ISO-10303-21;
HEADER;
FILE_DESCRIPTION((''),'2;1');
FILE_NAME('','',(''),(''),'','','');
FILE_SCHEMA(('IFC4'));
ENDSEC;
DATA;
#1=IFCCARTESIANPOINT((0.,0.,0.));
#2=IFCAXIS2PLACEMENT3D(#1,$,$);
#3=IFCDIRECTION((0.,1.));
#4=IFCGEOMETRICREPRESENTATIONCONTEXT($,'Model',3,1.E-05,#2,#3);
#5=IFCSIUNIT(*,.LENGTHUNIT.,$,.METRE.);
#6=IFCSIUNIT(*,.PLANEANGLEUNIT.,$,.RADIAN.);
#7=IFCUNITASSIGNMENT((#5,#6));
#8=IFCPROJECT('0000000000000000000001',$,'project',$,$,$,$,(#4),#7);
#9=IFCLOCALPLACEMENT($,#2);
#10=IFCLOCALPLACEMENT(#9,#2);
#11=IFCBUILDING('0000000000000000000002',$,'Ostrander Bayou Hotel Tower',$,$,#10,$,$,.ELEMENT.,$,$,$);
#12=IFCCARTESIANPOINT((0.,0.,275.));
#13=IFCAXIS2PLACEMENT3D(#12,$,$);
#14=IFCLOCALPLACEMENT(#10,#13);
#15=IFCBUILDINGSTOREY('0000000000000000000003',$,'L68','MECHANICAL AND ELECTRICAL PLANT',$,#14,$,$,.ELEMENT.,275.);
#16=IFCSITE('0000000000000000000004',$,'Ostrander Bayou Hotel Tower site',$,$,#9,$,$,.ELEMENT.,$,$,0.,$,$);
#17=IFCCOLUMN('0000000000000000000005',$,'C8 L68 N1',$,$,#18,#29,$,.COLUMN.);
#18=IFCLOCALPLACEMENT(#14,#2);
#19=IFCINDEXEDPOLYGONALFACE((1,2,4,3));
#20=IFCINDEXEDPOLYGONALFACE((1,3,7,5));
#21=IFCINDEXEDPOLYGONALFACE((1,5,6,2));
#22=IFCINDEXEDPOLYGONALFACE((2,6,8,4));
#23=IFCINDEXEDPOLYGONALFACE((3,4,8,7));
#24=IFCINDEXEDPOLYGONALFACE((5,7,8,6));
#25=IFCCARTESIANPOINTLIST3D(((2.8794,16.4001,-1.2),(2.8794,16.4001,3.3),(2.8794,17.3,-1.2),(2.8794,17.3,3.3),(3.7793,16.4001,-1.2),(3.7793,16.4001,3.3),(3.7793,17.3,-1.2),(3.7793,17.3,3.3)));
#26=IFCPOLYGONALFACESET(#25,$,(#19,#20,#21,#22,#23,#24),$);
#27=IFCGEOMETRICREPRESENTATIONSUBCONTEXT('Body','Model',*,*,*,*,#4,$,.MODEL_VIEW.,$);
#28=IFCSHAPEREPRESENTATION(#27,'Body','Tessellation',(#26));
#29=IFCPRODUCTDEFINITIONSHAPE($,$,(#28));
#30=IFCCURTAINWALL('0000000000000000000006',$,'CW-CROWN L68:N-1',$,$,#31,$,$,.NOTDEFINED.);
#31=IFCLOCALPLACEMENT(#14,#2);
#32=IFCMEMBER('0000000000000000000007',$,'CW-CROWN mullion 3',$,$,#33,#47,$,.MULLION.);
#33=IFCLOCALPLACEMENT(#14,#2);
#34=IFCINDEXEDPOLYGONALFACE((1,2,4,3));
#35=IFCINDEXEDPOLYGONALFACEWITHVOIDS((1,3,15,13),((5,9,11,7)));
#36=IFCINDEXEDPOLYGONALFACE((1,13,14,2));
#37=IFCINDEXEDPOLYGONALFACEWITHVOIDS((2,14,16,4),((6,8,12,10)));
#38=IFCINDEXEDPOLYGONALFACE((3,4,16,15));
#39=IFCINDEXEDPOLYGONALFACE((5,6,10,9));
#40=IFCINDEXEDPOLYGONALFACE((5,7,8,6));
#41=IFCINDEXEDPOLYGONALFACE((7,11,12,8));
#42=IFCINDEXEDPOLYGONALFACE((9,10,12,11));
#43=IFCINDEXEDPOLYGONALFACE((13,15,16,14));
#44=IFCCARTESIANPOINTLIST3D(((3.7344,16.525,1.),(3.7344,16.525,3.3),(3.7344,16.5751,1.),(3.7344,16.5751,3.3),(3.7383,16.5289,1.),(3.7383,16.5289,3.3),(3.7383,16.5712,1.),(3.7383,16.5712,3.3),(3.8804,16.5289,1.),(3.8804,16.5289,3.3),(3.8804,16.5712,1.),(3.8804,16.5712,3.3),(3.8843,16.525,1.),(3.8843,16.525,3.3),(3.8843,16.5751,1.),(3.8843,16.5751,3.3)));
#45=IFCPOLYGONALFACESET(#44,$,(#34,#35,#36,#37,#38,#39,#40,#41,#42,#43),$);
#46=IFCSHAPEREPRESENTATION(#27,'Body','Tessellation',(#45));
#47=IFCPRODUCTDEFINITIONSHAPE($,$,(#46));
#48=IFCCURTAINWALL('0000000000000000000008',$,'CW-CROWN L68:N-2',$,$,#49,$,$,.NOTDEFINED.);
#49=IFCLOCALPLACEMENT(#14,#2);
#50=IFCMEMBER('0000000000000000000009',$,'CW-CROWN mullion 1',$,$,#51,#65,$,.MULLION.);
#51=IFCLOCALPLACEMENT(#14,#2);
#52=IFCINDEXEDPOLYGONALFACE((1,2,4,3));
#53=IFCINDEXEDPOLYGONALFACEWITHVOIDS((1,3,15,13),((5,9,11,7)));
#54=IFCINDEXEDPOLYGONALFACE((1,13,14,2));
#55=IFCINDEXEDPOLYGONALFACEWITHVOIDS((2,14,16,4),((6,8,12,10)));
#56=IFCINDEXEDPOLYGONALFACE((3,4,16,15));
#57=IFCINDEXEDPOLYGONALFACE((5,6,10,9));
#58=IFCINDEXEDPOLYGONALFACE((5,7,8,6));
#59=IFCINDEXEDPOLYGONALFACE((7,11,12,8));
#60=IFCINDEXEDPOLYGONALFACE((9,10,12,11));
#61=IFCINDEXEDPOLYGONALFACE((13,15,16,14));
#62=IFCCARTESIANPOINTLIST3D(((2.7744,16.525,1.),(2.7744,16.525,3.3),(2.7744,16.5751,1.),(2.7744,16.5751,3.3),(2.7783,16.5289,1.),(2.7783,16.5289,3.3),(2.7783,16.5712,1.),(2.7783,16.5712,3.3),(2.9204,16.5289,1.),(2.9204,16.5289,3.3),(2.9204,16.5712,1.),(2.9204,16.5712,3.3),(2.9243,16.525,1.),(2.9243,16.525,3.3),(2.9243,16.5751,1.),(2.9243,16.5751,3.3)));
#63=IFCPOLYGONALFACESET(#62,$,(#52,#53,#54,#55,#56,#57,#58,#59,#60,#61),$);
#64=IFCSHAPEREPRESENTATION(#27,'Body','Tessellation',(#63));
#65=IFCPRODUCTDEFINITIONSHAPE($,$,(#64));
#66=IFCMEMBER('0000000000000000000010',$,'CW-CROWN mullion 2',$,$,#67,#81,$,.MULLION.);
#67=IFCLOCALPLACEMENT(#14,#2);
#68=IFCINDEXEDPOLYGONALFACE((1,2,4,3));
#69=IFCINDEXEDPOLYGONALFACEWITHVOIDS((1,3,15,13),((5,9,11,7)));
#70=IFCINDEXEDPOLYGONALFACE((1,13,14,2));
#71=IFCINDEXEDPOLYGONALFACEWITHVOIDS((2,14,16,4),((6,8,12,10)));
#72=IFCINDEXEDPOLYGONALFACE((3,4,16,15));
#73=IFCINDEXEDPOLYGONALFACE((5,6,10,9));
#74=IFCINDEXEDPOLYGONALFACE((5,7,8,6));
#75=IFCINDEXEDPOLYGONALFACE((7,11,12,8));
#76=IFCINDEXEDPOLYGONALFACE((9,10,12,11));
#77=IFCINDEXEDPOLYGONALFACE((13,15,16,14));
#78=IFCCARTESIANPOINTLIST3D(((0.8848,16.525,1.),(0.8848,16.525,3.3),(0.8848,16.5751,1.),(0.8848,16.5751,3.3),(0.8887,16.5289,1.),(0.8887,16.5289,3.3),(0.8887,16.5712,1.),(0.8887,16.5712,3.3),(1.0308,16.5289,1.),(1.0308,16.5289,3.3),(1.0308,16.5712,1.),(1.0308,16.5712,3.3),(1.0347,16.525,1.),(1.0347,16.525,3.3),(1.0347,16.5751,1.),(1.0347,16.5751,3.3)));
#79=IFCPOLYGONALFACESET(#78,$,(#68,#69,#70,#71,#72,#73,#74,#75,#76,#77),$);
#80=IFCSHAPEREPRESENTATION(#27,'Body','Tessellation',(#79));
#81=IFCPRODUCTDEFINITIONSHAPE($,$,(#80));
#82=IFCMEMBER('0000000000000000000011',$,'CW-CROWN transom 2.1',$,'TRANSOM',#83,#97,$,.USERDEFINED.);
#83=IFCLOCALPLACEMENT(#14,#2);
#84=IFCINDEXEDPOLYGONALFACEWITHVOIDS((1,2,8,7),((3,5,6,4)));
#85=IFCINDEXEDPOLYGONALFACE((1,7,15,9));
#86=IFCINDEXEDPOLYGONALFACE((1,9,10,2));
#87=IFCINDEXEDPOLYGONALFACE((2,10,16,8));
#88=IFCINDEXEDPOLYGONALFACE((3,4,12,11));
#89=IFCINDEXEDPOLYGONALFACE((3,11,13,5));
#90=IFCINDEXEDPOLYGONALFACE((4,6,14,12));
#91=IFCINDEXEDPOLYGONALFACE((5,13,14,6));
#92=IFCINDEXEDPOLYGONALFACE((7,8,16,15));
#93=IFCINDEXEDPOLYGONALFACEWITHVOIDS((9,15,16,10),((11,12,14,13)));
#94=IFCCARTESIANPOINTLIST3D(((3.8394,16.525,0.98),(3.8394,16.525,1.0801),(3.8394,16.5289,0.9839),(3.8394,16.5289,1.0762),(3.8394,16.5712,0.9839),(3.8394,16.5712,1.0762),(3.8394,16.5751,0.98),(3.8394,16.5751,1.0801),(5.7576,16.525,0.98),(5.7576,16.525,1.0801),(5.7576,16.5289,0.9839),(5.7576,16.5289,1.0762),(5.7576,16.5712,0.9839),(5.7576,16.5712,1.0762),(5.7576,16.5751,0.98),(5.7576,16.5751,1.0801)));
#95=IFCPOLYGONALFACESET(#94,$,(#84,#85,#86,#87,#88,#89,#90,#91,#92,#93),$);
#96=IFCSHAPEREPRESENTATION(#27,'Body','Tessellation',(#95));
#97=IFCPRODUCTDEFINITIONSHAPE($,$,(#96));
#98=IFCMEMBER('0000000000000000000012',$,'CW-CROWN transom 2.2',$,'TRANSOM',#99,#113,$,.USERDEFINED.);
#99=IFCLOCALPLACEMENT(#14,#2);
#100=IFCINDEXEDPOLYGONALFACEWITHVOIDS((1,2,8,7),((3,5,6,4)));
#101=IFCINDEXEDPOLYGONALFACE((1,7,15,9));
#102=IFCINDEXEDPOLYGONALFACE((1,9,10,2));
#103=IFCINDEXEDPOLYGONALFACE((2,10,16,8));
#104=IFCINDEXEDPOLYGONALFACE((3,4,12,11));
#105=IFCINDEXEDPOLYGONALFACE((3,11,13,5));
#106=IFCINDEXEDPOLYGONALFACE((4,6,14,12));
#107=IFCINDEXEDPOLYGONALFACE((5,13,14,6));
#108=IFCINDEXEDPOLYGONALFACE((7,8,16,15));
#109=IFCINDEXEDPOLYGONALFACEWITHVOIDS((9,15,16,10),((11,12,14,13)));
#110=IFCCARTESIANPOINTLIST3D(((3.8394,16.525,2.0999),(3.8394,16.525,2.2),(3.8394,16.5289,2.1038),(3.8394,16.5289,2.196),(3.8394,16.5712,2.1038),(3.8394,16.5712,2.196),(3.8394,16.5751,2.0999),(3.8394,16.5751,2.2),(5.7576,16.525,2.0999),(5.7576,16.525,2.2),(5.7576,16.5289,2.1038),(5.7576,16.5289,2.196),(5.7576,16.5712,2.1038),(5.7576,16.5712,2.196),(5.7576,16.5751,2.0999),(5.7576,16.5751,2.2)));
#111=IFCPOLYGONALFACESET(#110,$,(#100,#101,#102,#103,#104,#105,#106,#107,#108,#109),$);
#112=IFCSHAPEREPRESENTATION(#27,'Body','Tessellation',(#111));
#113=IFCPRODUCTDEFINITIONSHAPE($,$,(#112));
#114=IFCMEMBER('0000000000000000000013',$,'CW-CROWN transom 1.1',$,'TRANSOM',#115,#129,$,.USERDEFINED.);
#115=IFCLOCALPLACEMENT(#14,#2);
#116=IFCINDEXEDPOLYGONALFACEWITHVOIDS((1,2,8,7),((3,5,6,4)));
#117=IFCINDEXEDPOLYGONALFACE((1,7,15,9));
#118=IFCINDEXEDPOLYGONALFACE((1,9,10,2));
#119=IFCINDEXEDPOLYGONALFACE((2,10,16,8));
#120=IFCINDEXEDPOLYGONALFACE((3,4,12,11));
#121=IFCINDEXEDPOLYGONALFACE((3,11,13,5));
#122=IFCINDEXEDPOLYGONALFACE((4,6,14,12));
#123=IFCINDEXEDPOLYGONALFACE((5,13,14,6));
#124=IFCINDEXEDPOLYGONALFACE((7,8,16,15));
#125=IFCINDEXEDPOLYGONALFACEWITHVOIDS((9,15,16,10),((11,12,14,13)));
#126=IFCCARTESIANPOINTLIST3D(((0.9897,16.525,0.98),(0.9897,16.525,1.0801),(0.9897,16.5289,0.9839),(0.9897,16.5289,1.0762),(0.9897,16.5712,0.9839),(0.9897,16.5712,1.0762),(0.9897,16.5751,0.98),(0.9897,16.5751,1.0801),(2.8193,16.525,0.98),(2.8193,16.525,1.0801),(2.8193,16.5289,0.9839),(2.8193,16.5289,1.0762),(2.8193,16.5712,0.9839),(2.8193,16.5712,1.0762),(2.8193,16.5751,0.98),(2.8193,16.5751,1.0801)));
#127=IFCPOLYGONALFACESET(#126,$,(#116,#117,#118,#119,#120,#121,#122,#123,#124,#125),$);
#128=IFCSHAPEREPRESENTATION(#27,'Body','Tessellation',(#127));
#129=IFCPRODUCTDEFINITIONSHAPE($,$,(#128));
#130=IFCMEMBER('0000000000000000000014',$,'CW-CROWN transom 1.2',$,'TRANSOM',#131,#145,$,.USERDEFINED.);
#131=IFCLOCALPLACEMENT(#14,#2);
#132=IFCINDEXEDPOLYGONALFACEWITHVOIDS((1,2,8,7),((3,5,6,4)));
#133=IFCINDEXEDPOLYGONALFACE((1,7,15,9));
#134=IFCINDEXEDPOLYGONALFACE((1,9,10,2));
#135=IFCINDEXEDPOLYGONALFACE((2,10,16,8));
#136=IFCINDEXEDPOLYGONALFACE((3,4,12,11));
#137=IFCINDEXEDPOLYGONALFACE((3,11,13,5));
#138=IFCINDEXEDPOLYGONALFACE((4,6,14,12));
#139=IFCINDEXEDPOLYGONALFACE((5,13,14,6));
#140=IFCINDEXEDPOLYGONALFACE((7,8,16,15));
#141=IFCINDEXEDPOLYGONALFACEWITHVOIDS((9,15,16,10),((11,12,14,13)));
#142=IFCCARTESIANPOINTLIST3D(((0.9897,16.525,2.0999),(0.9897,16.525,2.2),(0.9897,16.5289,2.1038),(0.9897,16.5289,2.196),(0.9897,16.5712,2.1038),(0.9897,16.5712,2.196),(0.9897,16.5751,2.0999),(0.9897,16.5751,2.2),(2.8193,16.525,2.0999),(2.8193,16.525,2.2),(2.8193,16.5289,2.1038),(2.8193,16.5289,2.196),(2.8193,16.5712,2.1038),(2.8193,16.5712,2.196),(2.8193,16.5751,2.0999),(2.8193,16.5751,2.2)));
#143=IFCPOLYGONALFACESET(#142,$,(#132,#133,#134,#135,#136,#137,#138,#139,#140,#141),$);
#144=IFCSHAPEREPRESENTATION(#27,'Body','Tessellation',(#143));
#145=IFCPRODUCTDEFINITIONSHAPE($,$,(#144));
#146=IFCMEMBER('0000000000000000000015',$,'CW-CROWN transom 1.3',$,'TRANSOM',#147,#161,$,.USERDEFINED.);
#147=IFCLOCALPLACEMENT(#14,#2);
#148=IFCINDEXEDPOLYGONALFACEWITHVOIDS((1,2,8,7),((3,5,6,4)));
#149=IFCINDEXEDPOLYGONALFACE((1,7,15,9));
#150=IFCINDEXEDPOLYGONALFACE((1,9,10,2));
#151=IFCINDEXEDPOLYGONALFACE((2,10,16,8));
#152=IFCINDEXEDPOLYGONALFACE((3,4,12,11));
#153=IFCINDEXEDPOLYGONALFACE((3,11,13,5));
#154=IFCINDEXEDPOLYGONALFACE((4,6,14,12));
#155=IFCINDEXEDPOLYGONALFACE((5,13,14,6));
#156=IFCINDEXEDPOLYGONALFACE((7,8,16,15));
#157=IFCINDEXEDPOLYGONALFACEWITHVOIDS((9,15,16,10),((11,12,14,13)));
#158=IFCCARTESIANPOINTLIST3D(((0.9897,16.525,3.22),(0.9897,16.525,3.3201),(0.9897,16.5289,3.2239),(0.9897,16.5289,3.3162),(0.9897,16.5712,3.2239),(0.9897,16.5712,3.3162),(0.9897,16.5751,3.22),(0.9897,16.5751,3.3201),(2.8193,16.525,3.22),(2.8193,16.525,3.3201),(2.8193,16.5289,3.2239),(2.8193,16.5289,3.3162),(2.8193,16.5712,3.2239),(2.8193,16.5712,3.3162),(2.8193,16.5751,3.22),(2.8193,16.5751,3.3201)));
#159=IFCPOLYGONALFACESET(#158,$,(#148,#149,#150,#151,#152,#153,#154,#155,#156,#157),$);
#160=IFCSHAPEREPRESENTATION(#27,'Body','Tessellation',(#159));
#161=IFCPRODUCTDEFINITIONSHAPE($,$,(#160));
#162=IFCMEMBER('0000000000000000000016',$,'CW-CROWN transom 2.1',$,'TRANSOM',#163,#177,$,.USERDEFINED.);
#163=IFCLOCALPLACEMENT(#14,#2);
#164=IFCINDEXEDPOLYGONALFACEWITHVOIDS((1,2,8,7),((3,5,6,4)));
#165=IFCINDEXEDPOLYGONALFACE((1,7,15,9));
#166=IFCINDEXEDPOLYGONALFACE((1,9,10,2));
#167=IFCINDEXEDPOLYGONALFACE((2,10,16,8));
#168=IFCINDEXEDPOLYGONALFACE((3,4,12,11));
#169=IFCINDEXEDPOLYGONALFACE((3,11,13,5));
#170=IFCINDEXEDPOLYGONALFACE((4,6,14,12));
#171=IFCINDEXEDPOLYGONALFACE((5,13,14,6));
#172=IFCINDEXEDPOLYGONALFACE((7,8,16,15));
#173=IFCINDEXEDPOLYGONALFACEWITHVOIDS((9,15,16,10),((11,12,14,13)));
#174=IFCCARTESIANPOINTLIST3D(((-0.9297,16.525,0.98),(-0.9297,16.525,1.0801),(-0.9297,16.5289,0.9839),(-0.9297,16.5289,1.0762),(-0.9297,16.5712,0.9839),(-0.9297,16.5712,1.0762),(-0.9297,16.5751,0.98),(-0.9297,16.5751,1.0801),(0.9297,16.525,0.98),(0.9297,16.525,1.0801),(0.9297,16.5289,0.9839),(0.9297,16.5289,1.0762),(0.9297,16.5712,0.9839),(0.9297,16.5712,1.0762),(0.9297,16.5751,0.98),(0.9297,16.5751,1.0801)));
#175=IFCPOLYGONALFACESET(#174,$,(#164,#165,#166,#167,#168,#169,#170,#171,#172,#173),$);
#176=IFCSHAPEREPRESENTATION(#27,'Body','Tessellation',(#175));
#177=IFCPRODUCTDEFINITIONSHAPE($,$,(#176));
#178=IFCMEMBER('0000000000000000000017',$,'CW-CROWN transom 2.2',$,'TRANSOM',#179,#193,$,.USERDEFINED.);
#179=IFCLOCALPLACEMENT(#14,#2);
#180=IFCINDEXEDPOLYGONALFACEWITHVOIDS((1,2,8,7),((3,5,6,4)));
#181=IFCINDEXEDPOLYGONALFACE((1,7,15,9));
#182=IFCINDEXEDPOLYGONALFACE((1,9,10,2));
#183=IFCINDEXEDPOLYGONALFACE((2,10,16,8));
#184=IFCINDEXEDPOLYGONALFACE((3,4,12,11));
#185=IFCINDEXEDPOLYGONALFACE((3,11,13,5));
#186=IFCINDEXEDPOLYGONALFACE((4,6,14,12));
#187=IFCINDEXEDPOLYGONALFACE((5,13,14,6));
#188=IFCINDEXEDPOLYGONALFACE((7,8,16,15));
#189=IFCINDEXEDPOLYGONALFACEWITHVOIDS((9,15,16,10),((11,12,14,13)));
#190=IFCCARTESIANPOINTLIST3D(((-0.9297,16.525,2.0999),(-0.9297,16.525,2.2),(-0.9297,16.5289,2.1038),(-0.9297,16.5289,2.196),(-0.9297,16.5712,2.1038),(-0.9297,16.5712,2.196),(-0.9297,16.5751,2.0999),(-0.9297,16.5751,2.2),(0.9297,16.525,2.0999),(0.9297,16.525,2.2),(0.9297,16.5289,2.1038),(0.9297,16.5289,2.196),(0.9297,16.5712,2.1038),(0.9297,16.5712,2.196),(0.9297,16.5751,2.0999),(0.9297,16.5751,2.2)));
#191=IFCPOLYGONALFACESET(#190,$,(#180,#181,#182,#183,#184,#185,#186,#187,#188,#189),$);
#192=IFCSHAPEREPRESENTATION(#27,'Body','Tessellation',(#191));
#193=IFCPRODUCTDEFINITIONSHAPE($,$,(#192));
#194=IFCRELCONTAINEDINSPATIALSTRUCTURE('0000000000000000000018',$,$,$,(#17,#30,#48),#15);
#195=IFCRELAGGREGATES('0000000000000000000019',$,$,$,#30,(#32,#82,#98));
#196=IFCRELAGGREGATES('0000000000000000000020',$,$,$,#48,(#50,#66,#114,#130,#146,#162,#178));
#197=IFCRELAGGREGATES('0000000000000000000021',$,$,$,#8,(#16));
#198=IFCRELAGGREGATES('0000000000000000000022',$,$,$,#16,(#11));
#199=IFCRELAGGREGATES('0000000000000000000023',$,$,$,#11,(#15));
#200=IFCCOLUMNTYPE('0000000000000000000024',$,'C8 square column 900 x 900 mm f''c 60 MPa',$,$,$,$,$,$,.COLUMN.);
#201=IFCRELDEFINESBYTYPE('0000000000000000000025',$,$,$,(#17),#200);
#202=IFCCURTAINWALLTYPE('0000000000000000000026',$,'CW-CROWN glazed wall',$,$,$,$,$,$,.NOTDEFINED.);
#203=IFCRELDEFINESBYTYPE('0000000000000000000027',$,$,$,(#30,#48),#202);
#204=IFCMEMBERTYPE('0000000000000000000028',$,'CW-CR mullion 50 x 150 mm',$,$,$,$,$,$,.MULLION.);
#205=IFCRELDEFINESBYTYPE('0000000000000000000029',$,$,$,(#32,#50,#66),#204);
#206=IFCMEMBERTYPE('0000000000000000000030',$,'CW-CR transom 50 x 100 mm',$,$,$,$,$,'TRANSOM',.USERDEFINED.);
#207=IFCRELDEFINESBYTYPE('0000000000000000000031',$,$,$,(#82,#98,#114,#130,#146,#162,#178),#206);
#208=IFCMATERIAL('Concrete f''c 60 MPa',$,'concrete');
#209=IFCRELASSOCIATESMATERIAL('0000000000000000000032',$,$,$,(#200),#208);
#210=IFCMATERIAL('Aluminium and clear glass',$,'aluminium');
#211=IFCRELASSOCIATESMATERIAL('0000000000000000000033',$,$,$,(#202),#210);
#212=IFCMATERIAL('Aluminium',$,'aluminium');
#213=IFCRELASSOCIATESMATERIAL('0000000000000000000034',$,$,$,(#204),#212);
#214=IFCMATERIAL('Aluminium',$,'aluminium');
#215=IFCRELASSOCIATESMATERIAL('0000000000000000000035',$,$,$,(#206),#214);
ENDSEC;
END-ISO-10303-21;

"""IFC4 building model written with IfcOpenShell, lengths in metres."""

from ifc_helpers import new_model, si_unit, direction, frame, origin, origin_2d, place, context, subcontext, project, spatial, rectangle, hollow_rectangle, extrude, material, material_profile, profile_set, type_object, element, aggregate, save


model = new_model("IFC4")

# Units and contexts
model_context = context("Model", 3, precision=1e-05, world=origin(), true_north=direction((0.0, 1.0)))
body_context = subcontext(model_context, "Body", "Model", "MODEL_VIEW")
ifc_project = project(units=[si_unit("LENGTHUNIT", "METRE"), si_unit("PLANEANGLEUNIT", "RADIAN")], contexts=[model_context])

# Site, building, storey
site_placement = place(None, origin())
site = spatial("IfcSite", under=ifc_project, at=site_placement, Name="Ostrander Bayou Hotel Tower site", CompositionType="ELEMENT", RefElevation=0.0)
building_placement = place(site_placement, origin())
building = spatial("IfcBuilding", under=site, at=building_placement, Name="Ostrander Bayou Hotel Tower", CompositionType="ELEMENT")
storey_placement = place(building_placement, frame((0.0, 0.0, 275.0)))
storey = spatial("IfcBuildingStorey", under=building, at=storey_placement, Name="L68", Description="MECHANICAL AND ELECTRICAL PLANT", CompositionType="ELEMENT", Elevation=275.0)

# Column
ifc_material_1 = material(Name="Concrete f'c 60 MPa", Category="concrete")
ifc_material_profile_1 = material_profile(ifc_material_1, rectangle(XDim=0.8999, YDim=0.8999, at=origin_2d()))
ifc_profile_set_1 = profile_set([ifc_material_profile_1], Name="Concrete f'c 60 MPa")
column_type = type_object("IfcColumnType", Name="C8 square column 900 x 900 mm f'c 60 MPa", PredefinedType="COLUMN", material=ifc_profile_set_1)
column_placement = place(storey_placement, frame((3.3293, 16.8501, -1.2), z_axis=(0.0, 0.0, 1.0), x_axis=(1.0, 0.0, 0.0)))
element("IfcColumn", 1, at=column_placement, inside=storey, type_object=column_type, Name="C8 L68 N1", PredefinedType="COLUMN", context=body_context, shape_type="SweptSolid", body=[
    extrude(rectangle(XDim=0.8999, YDim=0.8999, at=origin_2d()), origin(), (0.0, 0.0, 1.0), 4.5),
])

# Curtain wall, member
ifc_material_2 = material(Name="Aluminium and clear glass", Category="aluminium")
curtain_wall_type = type_object("IfcCurtainWallType", Name="CW-CROWN glazed wall", PredefinedType="NOTDEFINED", material=ifc_material_2)
curtain_wall_1_placement = place(storey_placement, origin())
curtain_wall_1 = element("IfcCurtainWall", 2, at=curtain_wall_1_placement, inside=storey, type_object=curtain_wall_type, Name="CW-CROWN L68:N-1", PredefinedType="NOTDEFINED")
ifc_material_3 = material(Name="Aluminium", Category="aluminium")
ifc_material_profile_2 = material_profile(ifc_material_3, hollow_rectangle(XDim=0.05, YDim=0.1499, WallThickness=0.0039, at=origin_2d()))
ifc_profile_set_2 = profile_set([ifc_material_profile_2], Name="Aluminium")
member_type_1 = type_object("IfcMemberType", Name="CW-CR mullion 50 x 150 mm", PredefinedType="MULLION", material=ifc_profile_set_2)
member_1_placement = place(storey_placement, frame((3.8093, 16.55, 1.0), z_axis=(0.0, 0.0, 1.0), x_axis=(0.0, -1.0, 0.0)))
member_1 = element("IfcMember", 3, at=member_1_placement, type_object=member_type_1, Name="CW-CROWN mullion 3", PredefinedType="MULLION", context=body_context, shape_type="SweptSolid", body=[
    extrude(hollow_rectangle(XDim=0.05, YDim=0.1499, WallThickness=0.0039, at=origin_2d()), origin(), (0.0, 0.0, 1.0), 2.3),
])

# Curtain wall, members
curtain_wall_2_placement = place(storey_placement, origin())
curtain_wall_2 = element("IfcCurtainWall", 4, at=curtain_wall_2_placement, inside=storey, type_object=curtain_wall_type, Name="CW-CROWN L68:N-2", PredefinedType="NOTDEFINED")
member_2_placement = place(storey_placement, frame((2.8494, 16.55, 1.0), z_axis=(0.0, 0.0, 1.0), x_axis=(0.0, -1.0, 0.0)))
member_2 = element("IfcMember", 5, at=member_2_placement, type_object=member_type_1, Name="CW-CROWN mullion 1", PredefinedType="MULLION", context=body_context, shape_type="SweptSolid", body=[
    extrude(hollow_rectangle(XDim=0.05, YDim=0.1499, WallThickness=0.0039, at=origin_2d()), origin(), (0.0, 0.0, 1.0), 2.3),
])
member_3_placement = place(storey_placement, frame((0.9597, 16.55, 1.0), z_axis=(0.0, 0.0, 1.0), x_axis=(0.0, -1.0, 0.0)))
member_3 = element("IfcMember", 6, at=member_3_placement, type_object=member_type_1, Name="CW-CROWN mullion 2", PredefinedType="MULLION", context=body_context, shape_type="SweptSolid", body=[
    extrude(hollow_rectangle(XDim=0.05, YDim=0.1499, WallThickness=0.0039, at=origin_2d()), origin(), (0.0, 0.0, 1.0), 2.3),
])

# Members
ifc_material_4 = material(Name="Aluminium", Category="aluminium")
ifc_material_profile_3 = material_profile(ifc_material_4, hollow_rectangle(XDim=0.05, YDim=0.1001, WallThickness=0.0039, at=origin_2d()))
ifc_profile_set_3 = profile_set([ifc_material_profile_3], Name="Aluminium")
member_type_2 = type_object("IfcMemberType", Name="CW-CR transom 50 x 100 mm", ElementType="TRANSOM", PredefinedType="USERDEFINED", material=ifc_profile_set_3)
member_4_placement = place(storey_placement, frame((5.7576, 16.55, 1.03), z_axis=(-1.0, 0.0, 0.0), x_axis=(0.0, -1.0, 0.0)))
member_4 = element("IfcMember", 7, at=member_4_placement, type_object=member_type_2, Name="CW-CROWN transom 2.1", ObjectType="TRANSOM", PredefinedType="USERDEFINED", context=body_context, shape_type="SweptSolid", body=[
    extrude(hollow_rectangle(XDim=0.05, YDim=0.1001, WallThickness=0.0039, at=origin_2d()), origin(), (0.0, 0.0, 1.0), 1.9182),
])
member_5_placement = place(storey_placement, frame((5.7576, 16.55, 2.1499), z_axis=(-1.0, 0.0, 0.0), x_axis=(0.0, -1.0, 0.0)))
member_5 = element("IfcMember", 8, at=member_5_placement, type_object=member_type_2, Name="CW-CROWN transom 2.2", ObjectType="TRANSOM", PredefinedType="USERDEFINED", context=body_context, shape_type="SweptSolid", body=[
    extrude(hollow_rectangle(XDim=0.05, YDim=0.1001, WallThickness=0.0039, at=origin_2d()), origin(), (0.0, 0.0, 1.0), 1.9182),
])
member_6_placement = place(storey_placement, frame((2.8193, 16.55, 1.03), z_axis=(-1.0, 0.0, 0.0), x_axis=(0.0, -1.0, 0.0)))
member_6 = element("IfcMember", 9, at=member_6_placement, type_object=member_type_2, Name="CW-CROWN transom 1.1", ObjectType="TRANSOM", PredefinedType="USERDEFINED", context=body_context, shape_type="SweptSolid", body=[
    extrude(hollow_rectangle(XDim=0.05, YDim=0.1001, WallThickness=0.0039, at=origin_2d()), origin(), (0.0, 0.0, 1.0), 1.8296),
])
member_7_placement = place(storey_placement, frame((2.8193, 16.55, 2.1499), z_axis=(-1.0, 0.0, 0.0), x_axis=(0.0, -1.0, 0.0)))
member_7 = element("IfcMember", 10, at=member_7_placement, type_object=member_type_2, Name="CW-CROWN transom 1.2", ObjectType="TRANSOM", PredefinedType="USERDEFINED", context=body_context, shape_type="SweptSolid", body=[
    extrude(hollow_rectangle(XDim=0.05, YDim=0.1001, WallThickness=0.0039, at=origin_2d()), origin(), (0.0, 0.0, 1.0), 1.8296),
])
member_8_placement = place(storey_placement, frame((2.8193, 16.55, 3.27), z_axis=(-1.0, 0.0, 0.0), x_axis=(0.0, -1.0, 0.0)))
member_8 = element("IfcMember", 11, at=member_8_placement, type_object=member_type_2, Name="CW-CROWN transom 1.3", ObjectType="TRANSOM", PredefinedType="USERDEFINED", context=body_context, shape_type="SweptSolid", body=[
    extrude(hollow_rectangle(XDim=0.05, YDim=0.1001, WallThickness=0.0039, at=origin_2d()), origin(), (0.0, 0.0, 1.0), 1.8296),
])
member_9_placement = place(storey_placement, frame((0.9297, 16.55, 1.03), z_axis=(-1.0, 0.0, 0.0), x_axis=(0.0, -1.0, 0.0)))
member_9 = element("IfcMember", 12, at=member_9_placement, type_object=member_type_2, Name="CW-CROWN transom 2.1", ObjectType="TRANSOM", PredefinedType="USERDEFINED", context=body_context, shape_type="SweptSolid", body=[
    extrude(hollow_rectangle(XDim=0.05, YDim=0.1001, WallThickness=0.0039, at=origin_2d()), origin(), (0.0, 0.0, 1.0), 1.8594),
])
member_10_placement = place(storey_placement, frame((0.9297, 16.55, 2.1499), z_axis=(-1.0, 0.0, 0.0), x_axis=(0.0, -1.0, 0.0)))
member_10 = element("IfcMember", 13, at=member_10_placement, type_object=member_type_2, Name="CW-CROWN transom 2.2", ObjectType="TRANSOM", PredefinedType="USERDEFINED", context=body_context, shape_type="SweptSolid", body=[
    extrude(hollow_rectangle(XDim=0.05, YDim=0.1001, WallThickness=0.0039, at=origin_2d()), origin(), (0.0, 0.0, 1.0), 1.8594),
])

aggregate(curtain_wall_1, [member_1, member_4, member_5])
aggregate(curtain_wall_2, [member_2, member_3, member_6, member_7, member_8, member_9, member_10])

save(model, "model.ifc")
